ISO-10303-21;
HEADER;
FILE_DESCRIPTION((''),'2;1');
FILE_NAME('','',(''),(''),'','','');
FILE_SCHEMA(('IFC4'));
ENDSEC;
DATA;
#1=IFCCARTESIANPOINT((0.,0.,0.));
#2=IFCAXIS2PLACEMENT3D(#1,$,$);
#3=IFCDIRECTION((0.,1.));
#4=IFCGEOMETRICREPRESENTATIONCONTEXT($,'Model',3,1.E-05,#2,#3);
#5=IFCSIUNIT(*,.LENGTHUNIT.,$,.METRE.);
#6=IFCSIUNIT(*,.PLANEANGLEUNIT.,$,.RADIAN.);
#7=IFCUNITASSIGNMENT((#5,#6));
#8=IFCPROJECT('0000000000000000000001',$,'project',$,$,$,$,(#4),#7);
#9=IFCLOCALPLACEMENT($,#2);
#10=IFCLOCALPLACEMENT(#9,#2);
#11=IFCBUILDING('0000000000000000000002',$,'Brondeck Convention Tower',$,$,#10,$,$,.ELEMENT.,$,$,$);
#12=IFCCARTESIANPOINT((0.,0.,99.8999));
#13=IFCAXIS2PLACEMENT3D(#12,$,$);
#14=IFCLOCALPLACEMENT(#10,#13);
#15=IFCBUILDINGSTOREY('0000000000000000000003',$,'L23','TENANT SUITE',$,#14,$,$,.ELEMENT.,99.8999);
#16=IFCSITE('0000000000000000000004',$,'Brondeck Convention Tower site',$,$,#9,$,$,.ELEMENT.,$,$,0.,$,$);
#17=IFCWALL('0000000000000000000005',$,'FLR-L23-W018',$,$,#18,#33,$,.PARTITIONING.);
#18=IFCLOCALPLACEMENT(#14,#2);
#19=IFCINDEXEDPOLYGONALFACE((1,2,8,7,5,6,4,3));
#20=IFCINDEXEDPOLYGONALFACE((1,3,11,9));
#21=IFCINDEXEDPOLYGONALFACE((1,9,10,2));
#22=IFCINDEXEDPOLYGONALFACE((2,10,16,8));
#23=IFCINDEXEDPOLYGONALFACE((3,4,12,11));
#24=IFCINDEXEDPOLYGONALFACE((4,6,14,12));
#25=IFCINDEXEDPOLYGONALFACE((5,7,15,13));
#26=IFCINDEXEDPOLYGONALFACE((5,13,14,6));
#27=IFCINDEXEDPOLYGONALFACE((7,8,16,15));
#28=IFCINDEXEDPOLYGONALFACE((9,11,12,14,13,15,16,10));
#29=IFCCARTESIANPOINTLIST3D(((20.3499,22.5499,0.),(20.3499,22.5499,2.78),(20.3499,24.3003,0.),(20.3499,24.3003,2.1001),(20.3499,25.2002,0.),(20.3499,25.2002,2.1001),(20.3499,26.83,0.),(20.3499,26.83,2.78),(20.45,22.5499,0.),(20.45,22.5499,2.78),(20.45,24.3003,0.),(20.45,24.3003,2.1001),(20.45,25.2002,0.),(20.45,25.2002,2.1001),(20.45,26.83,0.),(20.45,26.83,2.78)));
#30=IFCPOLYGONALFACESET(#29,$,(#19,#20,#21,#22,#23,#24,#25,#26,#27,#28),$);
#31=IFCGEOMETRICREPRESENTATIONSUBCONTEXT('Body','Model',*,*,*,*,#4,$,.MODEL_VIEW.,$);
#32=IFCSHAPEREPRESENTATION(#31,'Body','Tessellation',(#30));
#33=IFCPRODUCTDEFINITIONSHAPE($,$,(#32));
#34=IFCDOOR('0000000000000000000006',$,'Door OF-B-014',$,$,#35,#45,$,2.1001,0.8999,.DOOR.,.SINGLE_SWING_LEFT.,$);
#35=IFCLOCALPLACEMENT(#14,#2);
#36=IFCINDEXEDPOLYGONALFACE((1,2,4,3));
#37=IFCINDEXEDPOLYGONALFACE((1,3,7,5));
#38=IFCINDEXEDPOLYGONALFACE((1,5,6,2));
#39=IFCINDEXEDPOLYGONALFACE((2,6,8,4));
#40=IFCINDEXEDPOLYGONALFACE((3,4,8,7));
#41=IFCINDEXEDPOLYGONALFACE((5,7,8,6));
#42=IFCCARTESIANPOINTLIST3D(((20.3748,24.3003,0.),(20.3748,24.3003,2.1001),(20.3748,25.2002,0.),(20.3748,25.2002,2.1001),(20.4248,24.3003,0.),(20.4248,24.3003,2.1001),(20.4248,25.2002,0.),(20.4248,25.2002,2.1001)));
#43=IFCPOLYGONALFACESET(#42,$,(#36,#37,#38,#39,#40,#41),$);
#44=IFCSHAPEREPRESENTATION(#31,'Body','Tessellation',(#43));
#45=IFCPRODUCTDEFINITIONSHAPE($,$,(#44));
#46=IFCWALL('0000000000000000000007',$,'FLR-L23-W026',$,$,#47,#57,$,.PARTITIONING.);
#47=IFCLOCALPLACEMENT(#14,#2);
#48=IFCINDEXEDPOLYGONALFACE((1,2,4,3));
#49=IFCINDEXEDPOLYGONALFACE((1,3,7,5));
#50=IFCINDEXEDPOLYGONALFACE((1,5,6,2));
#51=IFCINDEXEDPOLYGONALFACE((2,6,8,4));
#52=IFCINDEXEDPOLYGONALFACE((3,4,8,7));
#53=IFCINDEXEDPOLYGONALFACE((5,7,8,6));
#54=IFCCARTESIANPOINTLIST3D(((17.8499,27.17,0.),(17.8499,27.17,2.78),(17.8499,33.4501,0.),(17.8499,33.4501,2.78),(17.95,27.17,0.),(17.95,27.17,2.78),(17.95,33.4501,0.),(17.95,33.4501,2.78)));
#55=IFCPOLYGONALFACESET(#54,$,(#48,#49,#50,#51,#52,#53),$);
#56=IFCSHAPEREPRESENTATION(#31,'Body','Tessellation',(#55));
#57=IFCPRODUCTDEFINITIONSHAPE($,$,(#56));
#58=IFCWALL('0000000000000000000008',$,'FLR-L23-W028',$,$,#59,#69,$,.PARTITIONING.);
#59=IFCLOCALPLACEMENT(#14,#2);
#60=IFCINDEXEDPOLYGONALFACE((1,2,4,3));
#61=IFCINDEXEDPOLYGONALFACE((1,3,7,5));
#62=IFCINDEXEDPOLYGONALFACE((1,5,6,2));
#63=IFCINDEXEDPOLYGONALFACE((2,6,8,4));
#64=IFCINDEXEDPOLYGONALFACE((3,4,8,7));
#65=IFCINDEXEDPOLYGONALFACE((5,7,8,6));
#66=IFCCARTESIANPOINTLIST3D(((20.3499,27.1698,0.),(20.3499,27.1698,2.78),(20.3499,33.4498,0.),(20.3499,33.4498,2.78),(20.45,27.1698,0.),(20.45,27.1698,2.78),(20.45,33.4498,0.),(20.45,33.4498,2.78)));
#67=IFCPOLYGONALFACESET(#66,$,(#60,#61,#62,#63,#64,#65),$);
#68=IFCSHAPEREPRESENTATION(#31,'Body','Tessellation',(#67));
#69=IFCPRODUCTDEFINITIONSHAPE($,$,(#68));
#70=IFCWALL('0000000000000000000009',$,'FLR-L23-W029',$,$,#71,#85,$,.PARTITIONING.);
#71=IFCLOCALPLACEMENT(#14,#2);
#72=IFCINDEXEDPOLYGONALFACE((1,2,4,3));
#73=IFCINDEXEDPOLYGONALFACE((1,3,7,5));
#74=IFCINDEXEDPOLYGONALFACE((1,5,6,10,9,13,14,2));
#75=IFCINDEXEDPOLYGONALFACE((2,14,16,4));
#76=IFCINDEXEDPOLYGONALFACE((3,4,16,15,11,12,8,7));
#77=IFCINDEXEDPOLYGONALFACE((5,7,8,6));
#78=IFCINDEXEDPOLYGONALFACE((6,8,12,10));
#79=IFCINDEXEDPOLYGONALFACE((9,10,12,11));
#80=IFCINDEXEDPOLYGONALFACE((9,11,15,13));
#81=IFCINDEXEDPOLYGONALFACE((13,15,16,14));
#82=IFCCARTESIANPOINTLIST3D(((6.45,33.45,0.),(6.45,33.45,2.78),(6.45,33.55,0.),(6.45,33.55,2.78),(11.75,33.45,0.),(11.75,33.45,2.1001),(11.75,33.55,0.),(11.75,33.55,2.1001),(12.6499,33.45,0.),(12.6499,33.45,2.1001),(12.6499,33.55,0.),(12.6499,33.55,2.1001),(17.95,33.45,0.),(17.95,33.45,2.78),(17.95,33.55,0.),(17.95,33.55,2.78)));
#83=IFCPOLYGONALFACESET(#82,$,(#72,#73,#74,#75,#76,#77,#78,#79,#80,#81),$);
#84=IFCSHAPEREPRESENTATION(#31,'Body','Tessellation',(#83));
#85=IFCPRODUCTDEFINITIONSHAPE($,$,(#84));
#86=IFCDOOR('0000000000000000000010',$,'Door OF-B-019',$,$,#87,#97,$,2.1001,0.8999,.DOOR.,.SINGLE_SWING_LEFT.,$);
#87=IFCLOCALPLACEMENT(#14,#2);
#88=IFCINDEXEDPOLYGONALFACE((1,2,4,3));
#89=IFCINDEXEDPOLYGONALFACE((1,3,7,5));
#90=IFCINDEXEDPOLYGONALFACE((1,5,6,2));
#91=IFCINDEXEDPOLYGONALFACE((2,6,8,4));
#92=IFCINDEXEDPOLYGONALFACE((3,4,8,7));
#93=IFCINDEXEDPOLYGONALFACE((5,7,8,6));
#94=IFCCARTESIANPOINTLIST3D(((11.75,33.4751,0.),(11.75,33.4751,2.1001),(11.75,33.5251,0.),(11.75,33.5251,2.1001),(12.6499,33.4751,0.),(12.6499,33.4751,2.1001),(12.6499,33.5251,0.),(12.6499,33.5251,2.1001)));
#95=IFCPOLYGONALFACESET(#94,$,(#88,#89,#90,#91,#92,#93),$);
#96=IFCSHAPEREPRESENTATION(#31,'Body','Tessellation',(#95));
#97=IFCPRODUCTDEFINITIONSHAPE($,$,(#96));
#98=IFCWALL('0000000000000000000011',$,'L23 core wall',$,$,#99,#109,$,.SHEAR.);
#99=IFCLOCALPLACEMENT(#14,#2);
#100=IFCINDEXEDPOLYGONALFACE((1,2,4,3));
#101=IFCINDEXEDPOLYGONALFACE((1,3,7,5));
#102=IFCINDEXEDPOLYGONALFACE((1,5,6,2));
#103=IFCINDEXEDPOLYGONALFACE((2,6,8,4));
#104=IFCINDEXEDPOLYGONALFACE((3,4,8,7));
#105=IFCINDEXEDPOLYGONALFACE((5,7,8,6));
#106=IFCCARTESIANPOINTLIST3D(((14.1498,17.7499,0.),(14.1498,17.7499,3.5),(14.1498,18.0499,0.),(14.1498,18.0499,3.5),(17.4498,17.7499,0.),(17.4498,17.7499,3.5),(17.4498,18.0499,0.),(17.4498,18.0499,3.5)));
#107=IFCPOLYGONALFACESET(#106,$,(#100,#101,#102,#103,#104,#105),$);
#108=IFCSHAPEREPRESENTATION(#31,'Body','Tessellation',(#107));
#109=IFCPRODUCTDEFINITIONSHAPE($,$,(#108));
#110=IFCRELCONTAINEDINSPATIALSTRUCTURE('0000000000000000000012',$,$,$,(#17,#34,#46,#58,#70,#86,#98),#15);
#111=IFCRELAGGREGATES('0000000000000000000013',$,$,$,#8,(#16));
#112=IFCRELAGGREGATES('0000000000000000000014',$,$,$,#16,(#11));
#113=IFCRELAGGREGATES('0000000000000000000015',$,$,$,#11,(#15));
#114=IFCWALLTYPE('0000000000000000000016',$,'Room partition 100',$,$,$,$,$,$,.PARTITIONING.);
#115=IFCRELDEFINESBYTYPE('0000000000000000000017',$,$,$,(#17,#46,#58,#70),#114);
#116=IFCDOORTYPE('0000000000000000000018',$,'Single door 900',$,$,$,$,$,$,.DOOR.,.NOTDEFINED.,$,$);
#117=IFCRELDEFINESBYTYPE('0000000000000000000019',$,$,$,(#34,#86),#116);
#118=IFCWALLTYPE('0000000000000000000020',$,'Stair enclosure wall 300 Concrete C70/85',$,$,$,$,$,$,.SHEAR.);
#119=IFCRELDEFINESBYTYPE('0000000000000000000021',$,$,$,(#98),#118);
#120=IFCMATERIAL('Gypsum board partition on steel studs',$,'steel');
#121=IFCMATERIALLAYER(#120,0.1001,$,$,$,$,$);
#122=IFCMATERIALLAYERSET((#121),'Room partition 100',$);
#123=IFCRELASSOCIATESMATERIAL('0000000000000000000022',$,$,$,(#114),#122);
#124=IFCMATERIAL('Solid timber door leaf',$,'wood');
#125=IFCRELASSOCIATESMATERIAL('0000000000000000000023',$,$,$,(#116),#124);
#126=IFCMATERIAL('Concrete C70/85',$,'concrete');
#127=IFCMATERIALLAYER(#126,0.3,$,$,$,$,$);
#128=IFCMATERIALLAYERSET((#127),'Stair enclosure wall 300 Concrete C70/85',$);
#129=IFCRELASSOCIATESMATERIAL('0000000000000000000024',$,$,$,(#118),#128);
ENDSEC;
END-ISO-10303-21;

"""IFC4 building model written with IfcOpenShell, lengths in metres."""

from ifc_helpers import new_model, si_unit, direction, frame, frame_2d, origin, place, context, subcontext, project, spatial, rectangle, extrude, material, layer, layer_set, type_object, element, fill, save


model = new_model("IFC4")

# Units and contexts
model_context = context("Model", 3, precision=1e-05, world=origin(), true_north=direction((0.0, 1.0)))
body_context = subcontext(model_context, "Body", "Model", "MODEL_VIEW")
ifc_project = project(units=[si_unit("LENGTHUNIT", "METRE"), si_unit("PLANEANGLEUNIT", "RADIAN")], contexts=[model_context])

# Site, building, storey
site_placement = place(None, origin())
site = spatial("IfcSite", under=ifc_project, at=site_placement, Name="Brondeck Convention Tower site", CompositionType="ELEMENT", RefElevation=0.0)
building_placement = place(site_placement, origin())
building = spatial("IfcBuilding", under=site, at=building_placement, Name="Brondeck Convention Tower", CompositionType="ELEMENT")
storey_placement = place(building_placement, frame((0.0, 0.0, 99.8999)))
storey = spatial("IfcBuildingStorey", under=building, at=storey_placement, Name="L23", Description="TENANT SUITE", CompositionType="ELEMENT", Elevation=99.8999)

# Shared definitions
ifc_material_1 = material(Name="Concrete C70/85", Category="concrete")

# Shared definitions
ifc_material_2 = material(Name="Gypsum board partition on steel studs", Category="steel")
ifc_layer_1 = layer(ifc_material_2, 0.1001)
ifc_layer_set_1 = layer_set([ifc_layer_1], Name="Room partition 100")
wall_type_1 = type_object("IfcWallType", Name="Room partition 100", PredefinedType="PARTITIONING", material=ifc_layer_set_1)
ifc_material_3 = material(Name="Solid timber door leaf", Category="wood")
door_type_1 = type_object("IfcDoorType", Name="Single door 900", OperationType="NOTDEFINED", PredefinedType="DOOR", material=ifc_material_3)

# Wall, opening, door
wall_1_placement = place(storey_placement, frame((20.3999, 26.8301, 0.0), z_axis=(0.0, 0.0, 1.0), x_axis=(0.0, -1.0, 0.0)))
wall_1 = element("IfcWall", 1, at=wall_1_placement, inside=storey, type_object=wall_type_1, Name="FLR-L23-W018", PredefinedType="PARTITIONING", context=body_context, shape_type="SweptSolid", body=[
    extrude(rectangle(XDim=4.28, YDim=0.1001, at=frame_2d((2.1401, 0.0))), origin(), (0.0, 0.0, 1.0), 2.78),
])
opening_1_placement = place(wall_1_placement, frame((1.6299, 0.0, 0.0)))
opening_1 = element("IfcOpeningElement", 2, at=opening_1_placement, cuts=wall_1, PredefinedType="OPENING", context=body_context, shape_type="SweptSolid", body=[
    extrude(rectangle(XDim=0.8999, YDim=2.1001, at=frame_2d((0.45, 1.05))), frame((0.0, 0.0601, 0.0), z_axis=(0.0, -1.0, 0.0), x_axis=(1.0, 0.0, 0.0)), (0.0, 0.0, 1.0), 0.1201),
])
door_1_placement = place(opening_1_placement, origin())
door_1 = element("IfcDoor", 3, at=door_1_placement, inside=storey, type_object=door_type_1, Name="Door OF-B-014", OperationType="SINGLE_SWING_LEFT", OverallHeight=2.1001, OverallWidth=0.8999, PredefinedType="DOOR", context=body_context, shape_type="SweptSolid", body=[
    extrude(rectangle(XDim=0.8999, YDim=2.1001, at=frame_2d((0.45, 1.05))), frame((0.0, 0.0249, 0.0), z_axis=(0.0, -1.0, 0.0), x_axis=(1.0, 0.0, 0.0)), (0.0, 0.0, 1.0), 0.05),
])
fill(opening_1, door_1)

# Walls
for number, where, z_axis, x_axis, name in (
    (4, (17.8999, 27.1699, 0.0), (0.0, 0.0, 1.0), (0.0, 1.0, 0.0), "FLR-L23-W026"),
    (5, (20.3999, 33.45, 0.0), (0.0, 0.0, 1.0), (0.0, -1.0, 0.0), "FLR-L23-W028"),
):
    element("IfcWall", number, at=place(storey_placement, frame(where, z_axis=z_axis, x_axis=x_axis)), inside=storey, type_object=wall_type_1, Name=name, PredefinedType="PARTITIONING", context=body_context, shape_type="SweptSolid", body=[
        extrude(rectangle(XDim=6.28, YDim=0.1001, at=frame_2d((3.1401, 0.0))), origin(), (0.0, 0.0, 1.0), 2.78),
    ])

# Wall, opening, door
wall_2_placement = place(storey_placement, frame((17.95, 33.5, 0.0), z_axis=(0.0, 0.0, 1.0), x_axis=(-1.0, 0.0, 0.0)))
wall_2 = element("IfcWall", 6, at=wall_2_placement, inside=storey, type_object=wall_type_1, Name="FLR-L23-W029", PredefinedType="PARTITIONING", context=body_context, shape_type="SweptSolid", body=[
    extrude(rectangle(XDim=11.5, YDim=0.1001, at=frame_2d((5.75, 0.0))), origin(), (0.0, 0.0, 1.0), 2.78),
])
opening_2_placement = place(wall_2_placement, frame((5.3, 0.0, 0.0)))
opening_2 = element("IfcOpeningElement", 7, at=opening_2_placement, cuts=wall_2, PredefinedType="OPENING", context=body_context, shape_type="SweptSolid", body=[
    extrude(rectangle(XDim=0.8999, YDim=2.1001, at=frame_2d((0.45, 1.05))), frame((0.0, 0.0601, 0.0), z_axis=(0.0, -1.0, 0.0), x_axis=(1.0, 0.0, 0.0)), (0.0, 0.0, 1.0), 0.1201),
])
door_2_placement = place(opening_2_placement, origin())
door_2 = element("IfcDoor", 8, at=door_2_placement, inside=storey, type_object=door_type_1, Name="Door OF-B-019", OperationType="SINGLE_SWING_LEFT", OverallHeight=2.1001, OverallWidth=0.8999, PredefinedType="DOOR", context=body_context, shape_type="SweptSolid", body=[
    extrude(rectangle(XDim=0.8999, YDim=2.1001, at=frame_2d((0.45, 1.05))), frame((0.0, 0.0249, 0.0), z_axis=(0.0, -1.0, 0.0), x_axis=(1.0, 0.0, 0.0)), (0.0, 0.0, 1.0), 0.05),
])
fill(opening_2, door_2)

# Wall
ifc_layer_2 = layer(ifc_material_1, 0.3)
ifc_layer_set_2 = layer_set([ifc_layer_2], Name="Stair enclosure wall 300 Concrete C70/85")
wall_type_2 = type_object("IfcWallType", Name="Stair enclosure wall 300 Concrete C70/85", PredefinedType="SHEAR", material=ifc_layer_set_2)
wall_3_placement = place(storey_placement, frame((14.1499, 17.8999, 0.0), z_axis=(0.0, 0.0, 1.0), x_axis=(1.0, 0.0, 0.0)))
element("IfcWall", 9, at=wall_3_placement, inside=storey, type_object=wall_type_2, Name="L23 core wall", PredefinedType="SHEAR", context=body_context, shape_type="SweptSolid", body=[
    extrude(rectangle(XDim=3.3, YDim=0.3, at=frame_2d((1.6499, 0.0))), origin(), (0.0, 0.0, 1.0), 3.5),
])

save(model, "model.ifc")
